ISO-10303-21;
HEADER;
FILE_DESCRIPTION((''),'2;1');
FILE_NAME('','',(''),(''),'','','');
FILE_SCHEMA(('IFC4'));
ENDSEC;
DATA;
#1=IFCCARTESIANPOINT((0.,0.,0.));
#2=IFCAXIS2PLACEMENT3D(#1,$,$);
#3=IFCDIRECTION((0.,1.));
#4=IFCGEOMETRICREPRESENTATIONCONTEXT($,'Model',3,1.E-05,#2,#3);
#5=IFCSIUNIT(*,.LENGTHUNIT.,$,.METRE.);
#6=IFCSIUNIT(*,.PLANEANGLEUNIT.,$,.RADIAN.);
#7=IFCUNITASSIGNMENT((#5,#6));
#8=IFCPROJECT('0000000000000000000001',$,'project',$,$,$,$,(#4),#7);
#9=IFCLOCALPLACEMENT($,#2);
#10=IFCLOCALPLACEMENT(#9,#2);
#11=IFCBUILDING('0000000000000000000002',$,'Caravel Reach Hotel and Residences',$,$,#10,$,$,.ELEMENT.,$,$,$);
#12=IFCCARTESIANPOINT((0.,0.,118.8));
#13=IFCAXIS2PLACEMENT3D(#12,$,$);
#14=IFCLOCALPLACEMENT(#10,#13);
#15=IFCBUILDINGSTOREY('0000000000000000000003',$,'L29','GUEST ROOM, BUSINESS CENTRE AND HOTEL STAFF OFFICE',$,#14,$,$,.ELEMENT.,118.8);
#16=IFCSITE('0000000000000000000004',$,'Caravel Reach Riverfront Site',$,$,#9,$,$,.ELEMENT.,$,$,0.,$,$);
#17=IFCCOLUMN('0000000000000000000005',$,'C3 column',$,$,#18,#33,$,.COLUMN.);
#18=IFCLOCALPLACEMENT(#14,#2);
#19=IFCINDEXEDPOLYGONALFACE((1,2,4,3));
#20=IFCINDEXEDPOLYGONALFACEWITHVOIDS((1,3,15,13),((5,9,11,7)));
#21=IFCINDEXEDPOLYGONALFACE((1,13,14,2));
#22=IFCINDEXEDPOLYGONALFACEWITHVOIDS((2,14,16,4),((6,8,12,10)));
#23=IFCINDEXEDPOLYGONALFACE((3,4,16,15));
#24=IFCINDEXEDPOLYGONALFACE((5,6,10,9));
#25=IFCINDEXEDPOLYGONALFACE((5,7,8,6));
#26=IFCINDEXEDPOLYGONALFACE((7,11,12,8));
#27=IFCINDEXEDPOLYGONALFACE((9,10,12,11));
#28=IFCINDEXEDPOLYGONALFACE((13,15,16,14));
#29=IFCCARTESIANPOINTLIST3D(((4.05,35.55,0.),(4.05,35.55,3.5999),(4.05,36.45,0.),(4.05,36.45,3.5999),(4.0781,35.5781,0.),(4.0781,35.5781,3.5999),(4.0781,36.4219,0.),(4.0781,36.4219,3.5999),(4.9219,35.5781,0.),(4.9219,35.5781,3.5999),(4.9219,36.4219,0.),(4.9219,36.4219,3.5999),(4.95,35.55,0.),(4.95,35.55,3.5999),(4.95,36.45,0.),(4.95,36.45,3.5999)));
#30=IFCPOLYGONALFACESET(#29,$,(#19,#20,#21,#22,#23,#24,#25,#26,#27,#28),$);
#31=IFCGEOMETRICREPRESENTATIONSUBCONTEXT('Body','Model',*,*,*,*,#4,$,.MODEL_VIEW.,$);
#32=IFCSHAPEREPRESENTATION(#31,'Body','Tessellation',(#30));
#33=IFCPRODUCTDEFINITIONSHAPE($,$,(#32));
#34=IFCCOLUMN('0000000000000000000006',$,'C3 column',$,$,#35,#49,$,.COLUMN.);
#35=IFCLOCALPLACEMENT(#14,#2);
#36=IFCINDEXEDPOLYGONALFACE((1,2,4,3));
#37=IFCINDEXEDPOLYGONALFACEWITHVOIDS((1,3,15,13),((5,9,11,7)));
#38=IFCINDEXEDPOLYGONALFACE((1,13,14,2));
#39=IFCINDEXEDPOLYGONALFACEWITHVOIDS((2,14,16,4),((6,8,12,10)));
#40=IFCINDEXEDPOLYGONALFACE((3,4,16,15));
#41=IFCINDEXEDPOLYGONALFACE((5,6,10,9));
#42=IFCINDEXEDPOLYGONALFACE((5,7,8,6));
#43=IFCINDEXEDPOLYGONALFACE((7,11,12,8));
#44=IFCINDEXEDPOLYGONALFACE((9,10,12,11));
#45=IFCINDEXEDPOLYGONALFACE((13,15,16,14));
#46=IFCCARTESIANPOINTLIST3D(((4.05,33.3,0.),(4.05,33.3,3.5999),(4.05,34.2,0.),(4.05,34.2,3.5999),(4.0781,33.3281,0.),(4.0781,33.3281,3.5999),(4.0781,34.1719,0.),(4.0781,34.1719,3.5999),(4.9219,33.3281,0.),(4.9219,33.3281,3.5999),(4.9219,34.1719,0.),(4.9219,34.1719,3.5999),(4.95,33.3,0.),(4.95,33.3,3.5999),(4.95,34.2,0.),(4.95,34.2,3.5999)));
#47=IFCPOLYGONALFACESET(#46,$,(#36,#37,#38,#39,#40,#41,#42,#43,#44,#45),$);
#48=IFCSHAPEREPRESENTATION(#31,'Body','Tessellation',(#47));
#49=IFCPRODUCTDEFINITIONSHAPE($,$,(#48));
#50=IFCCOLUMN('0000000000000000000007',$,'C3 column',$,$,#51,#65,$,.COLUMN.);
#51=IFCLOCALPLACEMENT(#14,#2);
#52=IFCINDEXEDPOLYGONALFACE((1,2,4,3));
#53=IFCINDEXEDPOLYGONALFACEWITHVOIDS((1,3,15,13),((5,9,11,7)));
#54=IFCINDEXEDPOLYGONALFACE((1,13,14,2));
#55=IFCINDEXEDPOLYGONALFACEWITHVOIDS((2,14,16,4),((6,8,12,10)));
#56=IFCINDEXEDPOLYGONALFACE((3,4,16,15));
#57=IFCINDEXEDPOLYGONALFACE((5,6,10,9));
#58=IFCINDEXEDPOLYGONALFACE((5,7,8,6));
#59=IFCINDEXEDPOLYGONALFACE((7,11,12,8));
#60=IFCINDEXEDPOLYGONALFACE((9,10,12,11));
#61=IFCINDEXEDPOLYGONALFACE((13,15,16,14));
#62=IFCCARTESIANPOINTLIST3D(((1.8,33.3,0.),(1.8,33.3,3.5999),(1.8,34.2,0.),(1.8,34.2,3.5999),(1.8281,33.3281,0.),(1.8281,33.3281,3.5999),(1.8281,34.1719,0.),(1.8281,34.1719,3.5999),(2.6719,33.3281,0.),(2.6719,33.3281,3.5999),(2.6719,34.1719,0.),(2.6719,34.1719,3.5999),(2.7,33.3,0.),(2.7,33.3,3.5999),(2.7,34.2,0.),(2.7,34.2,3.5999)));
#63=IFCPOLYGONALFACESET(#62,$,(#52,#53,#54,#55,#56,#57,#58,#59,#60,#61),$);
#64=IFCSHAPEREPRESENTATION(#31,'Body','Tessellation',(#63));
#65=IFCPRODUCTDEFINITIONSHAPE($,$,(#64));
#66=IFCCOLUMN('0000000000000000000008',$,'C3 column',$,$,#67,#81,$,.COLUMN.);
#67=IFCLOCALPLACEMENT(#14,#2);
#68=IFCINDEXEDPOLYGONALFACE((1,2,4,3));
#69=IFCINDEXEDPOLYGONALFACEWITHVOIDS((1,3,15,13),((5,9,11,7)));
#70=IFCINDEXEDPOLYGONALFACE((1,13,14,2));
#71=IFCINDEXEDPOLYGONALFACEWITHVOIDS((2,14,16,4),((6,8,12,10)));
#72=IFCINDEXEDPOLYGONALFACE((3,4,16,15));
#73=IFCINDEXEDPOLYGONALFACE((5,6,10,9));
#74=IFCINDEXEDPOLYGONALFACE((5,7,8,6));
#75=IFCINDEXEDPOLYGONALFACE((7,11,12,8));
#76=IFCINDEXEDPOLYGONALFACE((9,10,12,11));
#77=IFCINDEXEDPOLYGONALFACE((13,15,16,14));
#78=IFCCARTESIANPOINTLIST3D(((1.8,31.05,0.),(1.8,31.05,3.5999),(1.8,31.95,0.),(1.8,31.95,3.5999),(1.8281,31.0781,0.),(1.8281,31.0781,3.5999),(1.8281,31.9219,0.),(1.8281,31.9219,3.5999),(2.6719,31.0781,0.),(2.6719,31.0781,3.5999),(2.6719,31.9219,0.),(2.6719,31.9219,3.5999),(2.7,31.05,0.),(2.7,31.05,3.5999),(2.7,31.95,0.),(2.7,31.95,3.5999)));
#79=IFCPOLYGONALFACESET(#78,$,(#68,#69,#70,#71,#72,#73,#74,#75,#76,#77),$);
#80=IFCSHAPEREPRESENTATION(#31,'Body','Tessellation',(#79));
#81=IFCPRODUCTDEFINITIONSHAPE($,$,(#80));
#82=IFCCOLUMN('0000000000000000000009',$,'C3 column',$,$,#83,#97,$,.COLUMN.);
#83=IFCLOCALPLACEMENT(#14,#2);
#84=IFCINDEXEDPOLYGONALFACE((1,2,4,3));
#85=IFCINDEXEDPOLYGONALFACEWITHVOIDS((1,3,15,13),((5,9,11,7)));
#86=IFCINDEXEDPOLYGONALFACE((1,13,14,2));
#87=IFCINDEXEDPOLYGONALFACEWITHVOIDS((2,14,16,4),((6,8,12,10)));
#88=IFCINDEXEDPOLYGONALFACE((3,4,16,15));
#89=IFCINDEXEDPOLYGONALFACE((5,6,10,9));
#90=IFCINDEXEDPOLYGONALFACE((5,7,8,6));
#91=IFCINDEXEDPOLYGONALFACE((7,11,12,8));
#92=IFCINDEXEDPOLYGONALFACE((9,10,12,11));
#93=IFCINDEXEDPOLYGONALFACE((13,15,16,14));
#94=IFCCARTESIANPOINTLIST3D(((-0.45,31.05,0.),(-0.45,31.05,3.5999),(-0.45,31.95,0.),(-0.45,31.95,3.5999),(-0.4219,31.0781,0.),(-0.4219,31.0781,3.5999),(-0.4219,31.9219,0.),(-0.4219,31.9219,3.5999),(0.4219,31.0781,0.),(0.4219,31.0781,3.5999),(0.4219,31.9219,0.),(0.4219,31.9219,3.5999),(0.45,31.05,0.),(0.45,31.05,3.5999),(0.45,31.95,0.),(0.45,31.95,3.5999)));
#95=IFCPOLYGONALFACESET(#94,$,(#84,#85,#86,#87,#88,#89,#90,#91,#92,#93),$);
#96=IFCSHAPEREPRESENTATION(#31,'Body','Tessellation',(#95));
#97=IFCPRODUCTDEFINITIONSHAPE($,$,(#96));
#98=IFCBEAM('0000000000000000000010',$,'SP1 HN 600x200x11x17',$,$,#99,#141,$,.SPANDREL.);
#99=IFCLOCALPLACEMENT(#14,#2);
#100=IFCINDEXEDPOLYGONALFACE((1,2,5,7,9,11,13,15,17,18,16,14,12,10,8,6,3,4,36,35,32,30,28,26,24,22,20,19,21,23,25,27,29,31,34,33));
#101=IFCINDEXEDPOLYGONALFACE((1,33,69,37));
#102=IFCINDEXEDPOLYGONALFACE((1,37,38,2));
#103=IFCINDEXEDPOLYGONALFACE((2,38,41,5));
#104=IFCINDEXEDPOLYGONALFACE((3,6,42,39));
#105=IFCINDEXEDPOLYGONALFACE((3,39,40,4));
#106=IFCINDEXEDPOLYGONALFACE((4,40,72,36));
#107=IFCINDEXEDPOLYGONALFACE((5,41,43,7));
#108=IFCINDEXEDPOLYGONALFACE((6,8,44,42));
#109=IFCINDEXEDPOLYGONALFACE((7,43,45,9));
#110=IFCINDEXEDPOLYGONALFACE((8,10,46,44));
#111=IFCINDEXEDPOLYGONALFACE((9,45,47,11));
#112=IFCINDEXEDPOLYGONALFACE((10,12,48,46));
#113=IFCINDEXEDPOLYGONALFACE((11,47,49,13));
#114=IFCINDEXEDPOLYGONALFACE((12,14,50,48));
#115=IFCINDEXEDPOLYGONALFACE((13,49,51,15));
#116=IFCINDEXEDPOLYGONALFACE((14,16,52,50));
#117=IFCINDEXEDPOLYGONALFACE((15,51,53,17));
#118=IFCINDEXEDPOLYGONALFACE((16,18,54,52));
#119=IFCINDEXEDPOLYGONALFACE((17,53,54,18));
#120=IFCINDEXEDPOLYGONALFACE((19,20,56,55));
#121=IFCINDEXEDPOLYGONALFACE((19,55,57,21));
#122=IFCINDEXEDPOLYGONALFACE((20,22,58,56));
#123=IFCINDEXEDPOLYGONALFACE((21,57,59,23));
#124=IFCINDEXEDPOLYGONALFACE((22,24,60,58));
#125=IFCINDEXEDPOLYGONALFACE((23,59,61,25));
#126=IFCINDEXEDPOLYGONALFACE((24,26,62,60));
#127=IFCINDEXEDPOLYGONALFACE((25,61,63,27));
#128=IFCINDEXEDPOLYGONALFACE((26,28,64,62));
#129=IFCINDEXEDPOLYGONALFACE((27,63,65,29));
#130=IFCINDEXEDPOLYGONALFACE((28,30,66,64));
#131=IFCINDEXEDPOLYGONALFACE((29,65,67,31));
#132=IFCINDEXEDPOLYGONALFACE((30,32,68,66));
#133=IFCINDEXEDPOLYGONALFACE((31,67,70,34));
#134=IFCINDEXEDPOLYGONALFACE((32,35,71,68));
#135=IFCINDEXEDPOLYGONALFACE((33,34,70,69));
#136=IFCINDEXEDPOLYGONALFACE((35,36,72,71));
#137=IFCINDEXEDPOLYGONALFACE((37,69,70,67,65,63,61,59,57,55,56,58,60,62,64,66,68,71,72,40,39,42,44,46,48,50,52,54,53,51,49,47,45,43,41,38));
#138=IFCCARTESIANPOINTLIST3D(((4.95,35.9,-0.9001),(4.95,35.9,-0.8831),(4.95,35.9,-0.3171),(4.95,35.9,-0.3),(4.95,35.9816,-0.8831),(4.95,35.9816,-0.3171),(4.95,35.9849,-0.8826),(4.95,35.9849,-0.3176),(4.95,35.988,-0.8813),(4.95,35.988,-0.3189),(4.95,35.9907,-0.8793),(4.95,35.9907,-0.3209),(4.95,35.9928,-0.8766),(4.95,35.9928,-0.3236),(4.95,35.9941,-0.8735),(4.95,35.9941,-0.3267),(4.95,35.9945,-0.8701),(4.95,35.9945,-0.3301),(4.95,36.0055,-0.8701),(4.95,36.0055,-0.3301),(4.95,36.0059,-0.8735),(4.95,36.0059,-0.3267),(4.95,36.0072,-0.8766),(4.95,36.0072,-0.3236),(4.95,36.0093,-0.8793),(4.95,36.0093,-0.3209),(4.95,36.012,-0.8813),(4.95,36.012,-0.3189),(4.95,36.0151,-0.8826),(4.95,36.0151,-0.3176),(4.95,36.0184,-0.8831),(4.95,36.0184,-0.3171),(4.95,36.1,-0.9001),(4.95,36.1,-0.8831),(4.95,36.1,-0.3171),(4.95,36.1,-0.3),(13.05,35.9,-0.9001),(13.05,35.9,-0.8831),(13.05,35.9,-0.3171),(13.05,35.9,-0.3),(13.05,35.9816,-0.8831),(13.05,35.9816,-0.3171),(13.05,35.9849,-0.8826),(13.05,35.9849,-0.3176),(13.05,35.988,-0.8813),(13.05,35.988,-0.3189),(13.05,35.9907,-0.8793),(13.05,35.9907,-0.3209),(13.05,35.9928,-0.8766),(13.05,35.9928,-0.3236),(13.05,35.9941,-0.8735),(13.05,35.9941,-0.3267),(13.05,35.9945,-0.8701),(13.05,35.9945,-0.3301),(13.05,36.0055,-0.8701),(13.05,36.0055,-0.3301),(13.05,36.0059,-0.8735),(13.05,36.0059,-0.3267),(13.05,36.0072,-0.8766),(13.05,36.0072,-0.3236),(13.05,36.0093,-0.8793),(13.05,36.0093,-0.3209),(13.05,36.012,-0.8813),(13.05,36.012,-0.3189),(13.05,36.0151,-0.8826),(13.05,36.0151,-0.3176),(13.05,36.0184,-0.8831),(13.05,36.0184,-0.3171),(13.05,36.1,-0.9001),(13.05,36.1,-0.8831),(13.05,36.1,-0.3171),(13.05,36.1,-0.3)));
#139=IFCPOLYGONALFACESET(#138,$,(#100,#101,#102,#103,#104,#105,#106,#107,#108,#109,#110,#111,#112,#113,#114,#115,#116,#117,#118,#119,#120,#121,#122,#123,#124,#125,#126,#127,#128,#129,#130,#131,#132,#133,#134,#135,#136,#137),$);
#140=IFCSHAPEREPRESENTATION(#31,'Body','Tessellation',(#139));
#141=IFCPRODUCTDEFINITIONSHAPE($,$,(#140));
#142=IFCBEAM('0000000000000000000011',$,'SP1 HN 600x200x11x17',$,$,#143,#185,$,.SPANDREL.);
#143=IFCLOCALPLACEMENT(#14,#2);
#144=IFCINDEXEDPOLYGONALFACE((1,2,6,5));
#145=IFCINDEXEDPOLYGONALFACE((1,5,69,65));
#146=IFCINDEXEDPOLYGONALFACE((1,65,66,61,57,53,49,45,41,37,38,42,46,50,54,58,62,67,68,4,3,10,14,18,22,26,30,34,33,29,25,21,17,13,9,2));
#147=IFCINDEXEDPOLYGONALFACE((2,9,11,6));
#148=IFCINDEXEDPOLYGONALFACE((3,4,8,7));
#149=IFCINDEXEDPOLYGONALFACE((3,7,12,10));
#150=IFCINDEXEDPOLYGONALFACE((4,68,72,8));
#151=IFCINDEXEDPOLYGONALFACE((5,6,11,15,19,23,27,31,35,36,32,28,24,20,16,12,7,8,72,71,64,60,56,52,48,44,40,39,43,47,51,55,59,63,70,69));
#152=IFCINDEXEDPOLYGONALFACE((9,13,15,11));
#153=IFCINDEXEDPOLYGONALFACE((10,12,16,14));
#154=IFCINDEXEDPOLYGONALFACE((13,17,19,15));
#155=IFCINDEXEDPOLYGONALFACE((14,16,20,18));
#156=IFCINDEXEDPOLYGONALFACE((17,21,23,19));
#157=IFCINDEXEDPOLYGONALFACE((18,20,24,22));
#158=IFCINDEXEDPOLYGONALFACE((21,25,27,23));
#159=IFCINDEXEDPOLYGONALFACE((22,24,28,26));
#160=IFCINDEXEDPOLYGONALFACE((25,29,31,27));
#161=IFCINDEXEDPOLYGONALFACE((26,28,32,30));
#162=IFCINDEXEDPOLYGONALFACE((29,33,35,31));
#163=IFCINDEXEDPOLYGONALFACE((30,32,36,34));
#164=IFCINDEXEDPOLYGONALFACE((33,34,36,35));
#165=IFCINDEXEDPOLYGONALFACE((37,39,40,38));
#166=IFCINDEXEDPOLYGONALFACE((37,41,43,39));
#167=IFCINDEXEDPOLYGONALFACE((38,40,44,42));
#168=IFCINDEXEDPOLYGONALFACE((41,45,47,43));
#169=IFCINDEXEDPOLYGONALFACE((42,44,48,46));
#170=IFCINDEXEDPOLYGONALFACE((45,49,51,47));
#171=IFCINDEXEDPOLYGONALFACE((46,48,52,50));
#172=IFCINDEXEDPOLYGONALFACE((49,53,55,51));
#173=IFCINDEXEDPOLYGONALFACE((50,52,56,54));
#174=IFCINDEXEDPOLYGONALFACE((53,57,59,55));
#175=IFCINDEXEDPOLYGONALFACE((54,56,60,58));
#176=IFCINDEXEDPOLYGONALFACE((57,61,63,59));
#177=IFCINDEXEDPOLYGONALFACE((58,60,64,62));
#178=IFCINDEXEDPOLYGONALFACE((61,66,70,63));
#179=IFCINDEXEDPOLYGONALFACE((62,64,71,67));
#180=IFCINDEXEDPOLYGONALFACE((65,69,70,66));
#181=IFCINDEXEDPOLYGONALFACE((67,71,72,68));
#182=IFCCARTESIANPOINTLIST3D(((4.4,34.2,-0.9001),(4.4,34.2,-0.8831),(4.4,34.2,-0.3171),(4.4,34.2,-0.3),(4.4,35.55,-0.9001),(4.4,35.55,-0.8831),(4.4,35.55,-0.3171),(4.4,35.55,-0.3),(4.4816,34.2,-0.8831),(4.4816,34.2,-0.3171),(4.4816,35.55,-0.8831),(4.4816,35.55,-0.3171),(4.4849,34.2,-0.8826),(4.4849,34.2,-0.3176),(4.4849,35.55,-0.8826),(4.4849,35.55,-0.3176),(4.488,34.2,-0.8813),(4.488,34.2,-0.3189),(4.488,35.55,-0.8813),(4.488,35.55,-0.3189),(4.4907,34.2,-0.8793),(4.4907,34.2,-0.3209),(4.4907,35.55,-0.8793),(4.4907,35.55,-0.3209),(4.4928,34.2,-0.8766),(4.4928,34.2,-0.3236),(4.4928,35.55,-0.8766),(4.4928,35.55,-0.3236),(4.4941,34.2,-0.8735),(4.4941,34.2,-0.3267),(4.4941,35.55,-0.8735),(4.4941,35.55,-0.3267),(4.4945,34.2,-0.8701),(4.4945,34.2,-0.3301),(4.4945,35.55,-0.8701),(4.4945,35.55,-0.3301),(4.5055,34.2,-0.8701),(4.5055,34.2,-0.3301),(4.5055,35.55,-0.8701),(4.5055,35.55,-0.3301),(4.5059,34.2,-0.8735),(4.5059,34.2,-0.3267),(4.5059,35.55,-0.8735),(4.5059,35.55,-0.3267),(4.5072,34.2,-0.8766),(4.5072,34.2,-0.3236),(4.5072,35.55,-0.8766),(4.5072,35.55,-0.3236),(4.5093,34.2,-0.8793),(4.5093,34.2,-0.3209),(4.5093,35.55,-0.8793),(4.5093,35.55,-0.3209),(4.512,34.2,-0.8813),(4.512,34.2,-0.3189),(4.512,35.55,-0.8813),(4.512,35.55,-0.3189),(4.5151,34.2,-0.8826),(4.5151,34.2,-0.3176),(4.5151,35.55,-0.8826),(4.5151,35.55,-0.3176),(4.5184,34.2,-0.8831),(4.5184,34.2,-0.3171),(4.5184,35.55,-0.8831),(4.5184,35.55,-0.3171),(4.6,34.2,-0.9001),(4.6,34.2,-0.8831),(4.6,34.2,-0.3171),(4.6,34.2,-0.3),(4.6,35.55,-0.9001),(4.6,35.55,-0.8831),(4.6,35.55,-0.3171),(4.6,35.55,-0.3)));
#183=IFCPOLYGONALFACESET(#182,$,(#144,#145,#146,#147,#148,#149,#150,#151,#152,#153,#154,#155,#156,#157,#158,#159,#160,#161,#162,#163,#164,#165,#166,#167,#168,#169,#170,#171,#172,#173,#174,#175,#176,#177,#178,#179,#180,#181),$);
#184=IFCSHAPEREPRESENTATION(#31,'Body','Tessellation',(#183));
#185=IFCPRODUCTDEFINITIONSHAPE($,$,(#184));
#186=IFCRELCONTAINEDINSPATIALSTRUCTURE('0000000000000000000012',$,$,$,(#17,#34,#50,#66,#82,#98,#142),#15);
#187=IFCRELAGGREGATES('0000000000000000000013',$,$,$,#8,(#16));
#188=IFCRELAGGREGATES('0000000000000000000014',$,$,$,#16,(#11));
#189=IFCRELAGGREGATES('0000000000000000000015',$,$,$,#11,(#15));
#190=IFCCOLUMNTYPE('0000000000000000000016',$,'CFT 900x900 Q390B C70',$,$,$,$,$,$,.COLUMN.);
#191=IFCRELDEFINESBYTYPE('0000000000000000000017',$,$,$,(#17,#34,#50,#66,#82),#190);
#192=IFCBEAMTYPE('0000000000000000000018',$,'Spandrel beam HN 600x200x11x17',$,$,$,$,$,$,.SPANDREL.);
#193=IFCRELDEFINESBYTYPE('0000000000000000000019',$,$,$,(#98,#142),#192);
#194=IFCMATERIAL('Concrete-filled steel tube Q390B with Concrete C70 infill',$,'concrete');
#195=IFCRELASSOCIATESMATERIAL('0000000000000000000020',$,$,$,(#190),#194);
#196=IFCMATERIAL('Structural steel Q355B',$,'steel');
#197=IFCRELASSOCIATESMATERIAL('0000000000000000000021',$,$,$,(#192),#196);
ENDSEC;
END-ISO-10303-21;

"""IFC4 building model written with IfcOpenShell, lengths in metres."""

from ifc_helpers import new_model, si_unit, direction, frame, origin, origin_2d, place, context, subcontext, project, spatial, hollow_rectangle, i_section, extrude, material, material_profile, profile_set, type_object, element, save


model = new_model("IFC4")

# Units and contexts
model_context = context("Model", 3, precision=1e-05, world=origin(), true_north=direction((0.0, 1.0)))
body_context = subcontext(model_context, "Body", "Model", "MODEL_VIEW")
ifc_project = project(units=[si_unit("LENGTHUNIT", "METRE"), si_unit("PLANEANGLEUNIT", "RADIAN")], contexts=[model_context])

# Site, building, storey
site_placement = place(None, origin())
site = spatial("IfcSite", under=ifc_project, at=site_placement, Name="Caravel Reach Riverfront Site", CompositionType="ELEMENT", RefElevation=0.0)
building_placement = place(site_placement, origin())
building = spatial("IfcBuilding", under=site, at=building_placement, Name="Caravel Reach Hotel and Residences", CompositionType="ELEMENT")
storey_placement = place(building_placement, frame((0.0, 0.0, 118.8)))
storey = spatial("IfcBuildingStorey", under=building, at=storey_placement, Name="L29", Description="GUEST ROOM, BUSINESS CENTRE AND HOTEL STAFF OFFICE", CompositionType="ELEMENT", Elevation=118.8)

# Columns
ifc_material_1 = material(Name="Concrete-filled steel tube Q390B with Concrete C70 infill", Category="concrete")
ifc_material_profile_1 = material_profile(ifc_material_1, hollow_rectangle(XDim=0.8999, YDim=0.8999, WallThickness=0.0281, at=origin_2d()), Name="RHS 900x900x28")
ifc_profile_set_1 = profile_set([ifc_material_profile_1], Name="Concrete-filled steel tube Q390B with Concrete C70 infill")
column_type = type_object("IfcColumnType", Name="CFT 900x900 Q390B C70", PredefinedType="COLUMN", material=ifc_profile_set_1)
for number, where, z_axis, x_axis, name in (
    (1, (4.5, 36.0, 0.0), (0.0, 0.0, 1.0), (1.0, 0.0, 0.0), "C3 column"),
    (2, (4.5, 33.75, 0.0), (0.0, 0.0, 1.0), (1.0, 0.0, 0.0), "C3 column"),
    (3, (2.25, 33.75, 0.0), (0.0, 0.0, 1.0), (1.0, 0.0, 0.0), "C3 column"),
    (4, (2.25, 31.5, 0.0), (0.0, 0.0, 1.0), (1.0, 0.0, 0.0), "C3 column"),
    (5, (0.0, 31.5, 0.0), (0.0, 0.0, 1.0), (1.0, 0.0, 0.0), "C3 column"),
):
    element("IfcColumn", number, at=place(storey_placement, frame(where, z_axis=z_axis, x_axis=x_axis)), inside=storey, type_object=column_type, Name=name, PredefinedType="COLUMN", context=body_context, shape_type="SweptSolid", body=[
        extrude(hollow_rectangle(XDim=0.8999, YDim=0.8999, WallThickness=0.0281, at=origin_2d()), origin(), (0.0, 0.0, 1.0), 3.5999),
    ])

# Beams
ifc_material_2 = material(Name="Structural steel Q355B", Category="steel")
ifc_material_profile_2 = material_profile(ifc_material_2, i_section(OverallWidth=0.2, OverallDepth=0.6001, WebThickness=0.011, FlangeThickness=0.0171, FilletRadius=0.0129, at=origin_2d()), Name="HN 600x200x11x17")
ifc_profile_set_2 = profile_set([ifc_material_profile_2], Name="Structural steel Q355B")
beam_type = type_object("IfcBeamType", Name="Spandrel beam HN 600x200x11x17", PredefinedType="SPANDREL", material=ifc_profile_set_2)
beam_1_placement = place(storey_placement, frame((13.05, 36.0, -0.6001), z_axis=(-1.0, 0.0, 0.0), x_axis=(0.0, -1.0, 0.0)))
element("IfcBeam", 6, at=beam_1_placement, inside=storey, type_object=beam_type, Name="SP1 HN 600x200x11x17", PredefinedType="SPANDREL", context=body_context, shape_type="SweptSolid", body=[
    extrude(i_section(OverallWidth=0.2, OverallDepth=0.6001, WebThickness=0.011, FlangeThickness=0.0171, FilletRadius=0.0129, at=origin_2d()), origin(), (0.0, 0.0, 1.0), 8.1001),
])
for number, where, z_axis, x_axis, name in (
    (7, (4.5, 35.55, -0.6001), (0.0, -1.0, 0.0), (1.0, 0.0, 0.0), "SP1 HN 600x200x11x17"),
):
    element("IfcBeam", number, at=place(storey_placement, frame(where, z_axis=z_axis, x_axis=x_axis)), inside=storey, type_object=beam_type, Name=name, PredefinedType="SPANDREL", context=body_context, shape_type="SweptSolid", body=[
        extrude(i_section(OverallWidth=0.2, OverallDepth=0.6001, WebThickness=0.011, FlangeThickness=0.0171, FilletRadius=0.0129, at=origin_2d()), origin(), (0.0, 0.0, 1.0), 1.3501),
    ])

save(model, "model.ifc")
